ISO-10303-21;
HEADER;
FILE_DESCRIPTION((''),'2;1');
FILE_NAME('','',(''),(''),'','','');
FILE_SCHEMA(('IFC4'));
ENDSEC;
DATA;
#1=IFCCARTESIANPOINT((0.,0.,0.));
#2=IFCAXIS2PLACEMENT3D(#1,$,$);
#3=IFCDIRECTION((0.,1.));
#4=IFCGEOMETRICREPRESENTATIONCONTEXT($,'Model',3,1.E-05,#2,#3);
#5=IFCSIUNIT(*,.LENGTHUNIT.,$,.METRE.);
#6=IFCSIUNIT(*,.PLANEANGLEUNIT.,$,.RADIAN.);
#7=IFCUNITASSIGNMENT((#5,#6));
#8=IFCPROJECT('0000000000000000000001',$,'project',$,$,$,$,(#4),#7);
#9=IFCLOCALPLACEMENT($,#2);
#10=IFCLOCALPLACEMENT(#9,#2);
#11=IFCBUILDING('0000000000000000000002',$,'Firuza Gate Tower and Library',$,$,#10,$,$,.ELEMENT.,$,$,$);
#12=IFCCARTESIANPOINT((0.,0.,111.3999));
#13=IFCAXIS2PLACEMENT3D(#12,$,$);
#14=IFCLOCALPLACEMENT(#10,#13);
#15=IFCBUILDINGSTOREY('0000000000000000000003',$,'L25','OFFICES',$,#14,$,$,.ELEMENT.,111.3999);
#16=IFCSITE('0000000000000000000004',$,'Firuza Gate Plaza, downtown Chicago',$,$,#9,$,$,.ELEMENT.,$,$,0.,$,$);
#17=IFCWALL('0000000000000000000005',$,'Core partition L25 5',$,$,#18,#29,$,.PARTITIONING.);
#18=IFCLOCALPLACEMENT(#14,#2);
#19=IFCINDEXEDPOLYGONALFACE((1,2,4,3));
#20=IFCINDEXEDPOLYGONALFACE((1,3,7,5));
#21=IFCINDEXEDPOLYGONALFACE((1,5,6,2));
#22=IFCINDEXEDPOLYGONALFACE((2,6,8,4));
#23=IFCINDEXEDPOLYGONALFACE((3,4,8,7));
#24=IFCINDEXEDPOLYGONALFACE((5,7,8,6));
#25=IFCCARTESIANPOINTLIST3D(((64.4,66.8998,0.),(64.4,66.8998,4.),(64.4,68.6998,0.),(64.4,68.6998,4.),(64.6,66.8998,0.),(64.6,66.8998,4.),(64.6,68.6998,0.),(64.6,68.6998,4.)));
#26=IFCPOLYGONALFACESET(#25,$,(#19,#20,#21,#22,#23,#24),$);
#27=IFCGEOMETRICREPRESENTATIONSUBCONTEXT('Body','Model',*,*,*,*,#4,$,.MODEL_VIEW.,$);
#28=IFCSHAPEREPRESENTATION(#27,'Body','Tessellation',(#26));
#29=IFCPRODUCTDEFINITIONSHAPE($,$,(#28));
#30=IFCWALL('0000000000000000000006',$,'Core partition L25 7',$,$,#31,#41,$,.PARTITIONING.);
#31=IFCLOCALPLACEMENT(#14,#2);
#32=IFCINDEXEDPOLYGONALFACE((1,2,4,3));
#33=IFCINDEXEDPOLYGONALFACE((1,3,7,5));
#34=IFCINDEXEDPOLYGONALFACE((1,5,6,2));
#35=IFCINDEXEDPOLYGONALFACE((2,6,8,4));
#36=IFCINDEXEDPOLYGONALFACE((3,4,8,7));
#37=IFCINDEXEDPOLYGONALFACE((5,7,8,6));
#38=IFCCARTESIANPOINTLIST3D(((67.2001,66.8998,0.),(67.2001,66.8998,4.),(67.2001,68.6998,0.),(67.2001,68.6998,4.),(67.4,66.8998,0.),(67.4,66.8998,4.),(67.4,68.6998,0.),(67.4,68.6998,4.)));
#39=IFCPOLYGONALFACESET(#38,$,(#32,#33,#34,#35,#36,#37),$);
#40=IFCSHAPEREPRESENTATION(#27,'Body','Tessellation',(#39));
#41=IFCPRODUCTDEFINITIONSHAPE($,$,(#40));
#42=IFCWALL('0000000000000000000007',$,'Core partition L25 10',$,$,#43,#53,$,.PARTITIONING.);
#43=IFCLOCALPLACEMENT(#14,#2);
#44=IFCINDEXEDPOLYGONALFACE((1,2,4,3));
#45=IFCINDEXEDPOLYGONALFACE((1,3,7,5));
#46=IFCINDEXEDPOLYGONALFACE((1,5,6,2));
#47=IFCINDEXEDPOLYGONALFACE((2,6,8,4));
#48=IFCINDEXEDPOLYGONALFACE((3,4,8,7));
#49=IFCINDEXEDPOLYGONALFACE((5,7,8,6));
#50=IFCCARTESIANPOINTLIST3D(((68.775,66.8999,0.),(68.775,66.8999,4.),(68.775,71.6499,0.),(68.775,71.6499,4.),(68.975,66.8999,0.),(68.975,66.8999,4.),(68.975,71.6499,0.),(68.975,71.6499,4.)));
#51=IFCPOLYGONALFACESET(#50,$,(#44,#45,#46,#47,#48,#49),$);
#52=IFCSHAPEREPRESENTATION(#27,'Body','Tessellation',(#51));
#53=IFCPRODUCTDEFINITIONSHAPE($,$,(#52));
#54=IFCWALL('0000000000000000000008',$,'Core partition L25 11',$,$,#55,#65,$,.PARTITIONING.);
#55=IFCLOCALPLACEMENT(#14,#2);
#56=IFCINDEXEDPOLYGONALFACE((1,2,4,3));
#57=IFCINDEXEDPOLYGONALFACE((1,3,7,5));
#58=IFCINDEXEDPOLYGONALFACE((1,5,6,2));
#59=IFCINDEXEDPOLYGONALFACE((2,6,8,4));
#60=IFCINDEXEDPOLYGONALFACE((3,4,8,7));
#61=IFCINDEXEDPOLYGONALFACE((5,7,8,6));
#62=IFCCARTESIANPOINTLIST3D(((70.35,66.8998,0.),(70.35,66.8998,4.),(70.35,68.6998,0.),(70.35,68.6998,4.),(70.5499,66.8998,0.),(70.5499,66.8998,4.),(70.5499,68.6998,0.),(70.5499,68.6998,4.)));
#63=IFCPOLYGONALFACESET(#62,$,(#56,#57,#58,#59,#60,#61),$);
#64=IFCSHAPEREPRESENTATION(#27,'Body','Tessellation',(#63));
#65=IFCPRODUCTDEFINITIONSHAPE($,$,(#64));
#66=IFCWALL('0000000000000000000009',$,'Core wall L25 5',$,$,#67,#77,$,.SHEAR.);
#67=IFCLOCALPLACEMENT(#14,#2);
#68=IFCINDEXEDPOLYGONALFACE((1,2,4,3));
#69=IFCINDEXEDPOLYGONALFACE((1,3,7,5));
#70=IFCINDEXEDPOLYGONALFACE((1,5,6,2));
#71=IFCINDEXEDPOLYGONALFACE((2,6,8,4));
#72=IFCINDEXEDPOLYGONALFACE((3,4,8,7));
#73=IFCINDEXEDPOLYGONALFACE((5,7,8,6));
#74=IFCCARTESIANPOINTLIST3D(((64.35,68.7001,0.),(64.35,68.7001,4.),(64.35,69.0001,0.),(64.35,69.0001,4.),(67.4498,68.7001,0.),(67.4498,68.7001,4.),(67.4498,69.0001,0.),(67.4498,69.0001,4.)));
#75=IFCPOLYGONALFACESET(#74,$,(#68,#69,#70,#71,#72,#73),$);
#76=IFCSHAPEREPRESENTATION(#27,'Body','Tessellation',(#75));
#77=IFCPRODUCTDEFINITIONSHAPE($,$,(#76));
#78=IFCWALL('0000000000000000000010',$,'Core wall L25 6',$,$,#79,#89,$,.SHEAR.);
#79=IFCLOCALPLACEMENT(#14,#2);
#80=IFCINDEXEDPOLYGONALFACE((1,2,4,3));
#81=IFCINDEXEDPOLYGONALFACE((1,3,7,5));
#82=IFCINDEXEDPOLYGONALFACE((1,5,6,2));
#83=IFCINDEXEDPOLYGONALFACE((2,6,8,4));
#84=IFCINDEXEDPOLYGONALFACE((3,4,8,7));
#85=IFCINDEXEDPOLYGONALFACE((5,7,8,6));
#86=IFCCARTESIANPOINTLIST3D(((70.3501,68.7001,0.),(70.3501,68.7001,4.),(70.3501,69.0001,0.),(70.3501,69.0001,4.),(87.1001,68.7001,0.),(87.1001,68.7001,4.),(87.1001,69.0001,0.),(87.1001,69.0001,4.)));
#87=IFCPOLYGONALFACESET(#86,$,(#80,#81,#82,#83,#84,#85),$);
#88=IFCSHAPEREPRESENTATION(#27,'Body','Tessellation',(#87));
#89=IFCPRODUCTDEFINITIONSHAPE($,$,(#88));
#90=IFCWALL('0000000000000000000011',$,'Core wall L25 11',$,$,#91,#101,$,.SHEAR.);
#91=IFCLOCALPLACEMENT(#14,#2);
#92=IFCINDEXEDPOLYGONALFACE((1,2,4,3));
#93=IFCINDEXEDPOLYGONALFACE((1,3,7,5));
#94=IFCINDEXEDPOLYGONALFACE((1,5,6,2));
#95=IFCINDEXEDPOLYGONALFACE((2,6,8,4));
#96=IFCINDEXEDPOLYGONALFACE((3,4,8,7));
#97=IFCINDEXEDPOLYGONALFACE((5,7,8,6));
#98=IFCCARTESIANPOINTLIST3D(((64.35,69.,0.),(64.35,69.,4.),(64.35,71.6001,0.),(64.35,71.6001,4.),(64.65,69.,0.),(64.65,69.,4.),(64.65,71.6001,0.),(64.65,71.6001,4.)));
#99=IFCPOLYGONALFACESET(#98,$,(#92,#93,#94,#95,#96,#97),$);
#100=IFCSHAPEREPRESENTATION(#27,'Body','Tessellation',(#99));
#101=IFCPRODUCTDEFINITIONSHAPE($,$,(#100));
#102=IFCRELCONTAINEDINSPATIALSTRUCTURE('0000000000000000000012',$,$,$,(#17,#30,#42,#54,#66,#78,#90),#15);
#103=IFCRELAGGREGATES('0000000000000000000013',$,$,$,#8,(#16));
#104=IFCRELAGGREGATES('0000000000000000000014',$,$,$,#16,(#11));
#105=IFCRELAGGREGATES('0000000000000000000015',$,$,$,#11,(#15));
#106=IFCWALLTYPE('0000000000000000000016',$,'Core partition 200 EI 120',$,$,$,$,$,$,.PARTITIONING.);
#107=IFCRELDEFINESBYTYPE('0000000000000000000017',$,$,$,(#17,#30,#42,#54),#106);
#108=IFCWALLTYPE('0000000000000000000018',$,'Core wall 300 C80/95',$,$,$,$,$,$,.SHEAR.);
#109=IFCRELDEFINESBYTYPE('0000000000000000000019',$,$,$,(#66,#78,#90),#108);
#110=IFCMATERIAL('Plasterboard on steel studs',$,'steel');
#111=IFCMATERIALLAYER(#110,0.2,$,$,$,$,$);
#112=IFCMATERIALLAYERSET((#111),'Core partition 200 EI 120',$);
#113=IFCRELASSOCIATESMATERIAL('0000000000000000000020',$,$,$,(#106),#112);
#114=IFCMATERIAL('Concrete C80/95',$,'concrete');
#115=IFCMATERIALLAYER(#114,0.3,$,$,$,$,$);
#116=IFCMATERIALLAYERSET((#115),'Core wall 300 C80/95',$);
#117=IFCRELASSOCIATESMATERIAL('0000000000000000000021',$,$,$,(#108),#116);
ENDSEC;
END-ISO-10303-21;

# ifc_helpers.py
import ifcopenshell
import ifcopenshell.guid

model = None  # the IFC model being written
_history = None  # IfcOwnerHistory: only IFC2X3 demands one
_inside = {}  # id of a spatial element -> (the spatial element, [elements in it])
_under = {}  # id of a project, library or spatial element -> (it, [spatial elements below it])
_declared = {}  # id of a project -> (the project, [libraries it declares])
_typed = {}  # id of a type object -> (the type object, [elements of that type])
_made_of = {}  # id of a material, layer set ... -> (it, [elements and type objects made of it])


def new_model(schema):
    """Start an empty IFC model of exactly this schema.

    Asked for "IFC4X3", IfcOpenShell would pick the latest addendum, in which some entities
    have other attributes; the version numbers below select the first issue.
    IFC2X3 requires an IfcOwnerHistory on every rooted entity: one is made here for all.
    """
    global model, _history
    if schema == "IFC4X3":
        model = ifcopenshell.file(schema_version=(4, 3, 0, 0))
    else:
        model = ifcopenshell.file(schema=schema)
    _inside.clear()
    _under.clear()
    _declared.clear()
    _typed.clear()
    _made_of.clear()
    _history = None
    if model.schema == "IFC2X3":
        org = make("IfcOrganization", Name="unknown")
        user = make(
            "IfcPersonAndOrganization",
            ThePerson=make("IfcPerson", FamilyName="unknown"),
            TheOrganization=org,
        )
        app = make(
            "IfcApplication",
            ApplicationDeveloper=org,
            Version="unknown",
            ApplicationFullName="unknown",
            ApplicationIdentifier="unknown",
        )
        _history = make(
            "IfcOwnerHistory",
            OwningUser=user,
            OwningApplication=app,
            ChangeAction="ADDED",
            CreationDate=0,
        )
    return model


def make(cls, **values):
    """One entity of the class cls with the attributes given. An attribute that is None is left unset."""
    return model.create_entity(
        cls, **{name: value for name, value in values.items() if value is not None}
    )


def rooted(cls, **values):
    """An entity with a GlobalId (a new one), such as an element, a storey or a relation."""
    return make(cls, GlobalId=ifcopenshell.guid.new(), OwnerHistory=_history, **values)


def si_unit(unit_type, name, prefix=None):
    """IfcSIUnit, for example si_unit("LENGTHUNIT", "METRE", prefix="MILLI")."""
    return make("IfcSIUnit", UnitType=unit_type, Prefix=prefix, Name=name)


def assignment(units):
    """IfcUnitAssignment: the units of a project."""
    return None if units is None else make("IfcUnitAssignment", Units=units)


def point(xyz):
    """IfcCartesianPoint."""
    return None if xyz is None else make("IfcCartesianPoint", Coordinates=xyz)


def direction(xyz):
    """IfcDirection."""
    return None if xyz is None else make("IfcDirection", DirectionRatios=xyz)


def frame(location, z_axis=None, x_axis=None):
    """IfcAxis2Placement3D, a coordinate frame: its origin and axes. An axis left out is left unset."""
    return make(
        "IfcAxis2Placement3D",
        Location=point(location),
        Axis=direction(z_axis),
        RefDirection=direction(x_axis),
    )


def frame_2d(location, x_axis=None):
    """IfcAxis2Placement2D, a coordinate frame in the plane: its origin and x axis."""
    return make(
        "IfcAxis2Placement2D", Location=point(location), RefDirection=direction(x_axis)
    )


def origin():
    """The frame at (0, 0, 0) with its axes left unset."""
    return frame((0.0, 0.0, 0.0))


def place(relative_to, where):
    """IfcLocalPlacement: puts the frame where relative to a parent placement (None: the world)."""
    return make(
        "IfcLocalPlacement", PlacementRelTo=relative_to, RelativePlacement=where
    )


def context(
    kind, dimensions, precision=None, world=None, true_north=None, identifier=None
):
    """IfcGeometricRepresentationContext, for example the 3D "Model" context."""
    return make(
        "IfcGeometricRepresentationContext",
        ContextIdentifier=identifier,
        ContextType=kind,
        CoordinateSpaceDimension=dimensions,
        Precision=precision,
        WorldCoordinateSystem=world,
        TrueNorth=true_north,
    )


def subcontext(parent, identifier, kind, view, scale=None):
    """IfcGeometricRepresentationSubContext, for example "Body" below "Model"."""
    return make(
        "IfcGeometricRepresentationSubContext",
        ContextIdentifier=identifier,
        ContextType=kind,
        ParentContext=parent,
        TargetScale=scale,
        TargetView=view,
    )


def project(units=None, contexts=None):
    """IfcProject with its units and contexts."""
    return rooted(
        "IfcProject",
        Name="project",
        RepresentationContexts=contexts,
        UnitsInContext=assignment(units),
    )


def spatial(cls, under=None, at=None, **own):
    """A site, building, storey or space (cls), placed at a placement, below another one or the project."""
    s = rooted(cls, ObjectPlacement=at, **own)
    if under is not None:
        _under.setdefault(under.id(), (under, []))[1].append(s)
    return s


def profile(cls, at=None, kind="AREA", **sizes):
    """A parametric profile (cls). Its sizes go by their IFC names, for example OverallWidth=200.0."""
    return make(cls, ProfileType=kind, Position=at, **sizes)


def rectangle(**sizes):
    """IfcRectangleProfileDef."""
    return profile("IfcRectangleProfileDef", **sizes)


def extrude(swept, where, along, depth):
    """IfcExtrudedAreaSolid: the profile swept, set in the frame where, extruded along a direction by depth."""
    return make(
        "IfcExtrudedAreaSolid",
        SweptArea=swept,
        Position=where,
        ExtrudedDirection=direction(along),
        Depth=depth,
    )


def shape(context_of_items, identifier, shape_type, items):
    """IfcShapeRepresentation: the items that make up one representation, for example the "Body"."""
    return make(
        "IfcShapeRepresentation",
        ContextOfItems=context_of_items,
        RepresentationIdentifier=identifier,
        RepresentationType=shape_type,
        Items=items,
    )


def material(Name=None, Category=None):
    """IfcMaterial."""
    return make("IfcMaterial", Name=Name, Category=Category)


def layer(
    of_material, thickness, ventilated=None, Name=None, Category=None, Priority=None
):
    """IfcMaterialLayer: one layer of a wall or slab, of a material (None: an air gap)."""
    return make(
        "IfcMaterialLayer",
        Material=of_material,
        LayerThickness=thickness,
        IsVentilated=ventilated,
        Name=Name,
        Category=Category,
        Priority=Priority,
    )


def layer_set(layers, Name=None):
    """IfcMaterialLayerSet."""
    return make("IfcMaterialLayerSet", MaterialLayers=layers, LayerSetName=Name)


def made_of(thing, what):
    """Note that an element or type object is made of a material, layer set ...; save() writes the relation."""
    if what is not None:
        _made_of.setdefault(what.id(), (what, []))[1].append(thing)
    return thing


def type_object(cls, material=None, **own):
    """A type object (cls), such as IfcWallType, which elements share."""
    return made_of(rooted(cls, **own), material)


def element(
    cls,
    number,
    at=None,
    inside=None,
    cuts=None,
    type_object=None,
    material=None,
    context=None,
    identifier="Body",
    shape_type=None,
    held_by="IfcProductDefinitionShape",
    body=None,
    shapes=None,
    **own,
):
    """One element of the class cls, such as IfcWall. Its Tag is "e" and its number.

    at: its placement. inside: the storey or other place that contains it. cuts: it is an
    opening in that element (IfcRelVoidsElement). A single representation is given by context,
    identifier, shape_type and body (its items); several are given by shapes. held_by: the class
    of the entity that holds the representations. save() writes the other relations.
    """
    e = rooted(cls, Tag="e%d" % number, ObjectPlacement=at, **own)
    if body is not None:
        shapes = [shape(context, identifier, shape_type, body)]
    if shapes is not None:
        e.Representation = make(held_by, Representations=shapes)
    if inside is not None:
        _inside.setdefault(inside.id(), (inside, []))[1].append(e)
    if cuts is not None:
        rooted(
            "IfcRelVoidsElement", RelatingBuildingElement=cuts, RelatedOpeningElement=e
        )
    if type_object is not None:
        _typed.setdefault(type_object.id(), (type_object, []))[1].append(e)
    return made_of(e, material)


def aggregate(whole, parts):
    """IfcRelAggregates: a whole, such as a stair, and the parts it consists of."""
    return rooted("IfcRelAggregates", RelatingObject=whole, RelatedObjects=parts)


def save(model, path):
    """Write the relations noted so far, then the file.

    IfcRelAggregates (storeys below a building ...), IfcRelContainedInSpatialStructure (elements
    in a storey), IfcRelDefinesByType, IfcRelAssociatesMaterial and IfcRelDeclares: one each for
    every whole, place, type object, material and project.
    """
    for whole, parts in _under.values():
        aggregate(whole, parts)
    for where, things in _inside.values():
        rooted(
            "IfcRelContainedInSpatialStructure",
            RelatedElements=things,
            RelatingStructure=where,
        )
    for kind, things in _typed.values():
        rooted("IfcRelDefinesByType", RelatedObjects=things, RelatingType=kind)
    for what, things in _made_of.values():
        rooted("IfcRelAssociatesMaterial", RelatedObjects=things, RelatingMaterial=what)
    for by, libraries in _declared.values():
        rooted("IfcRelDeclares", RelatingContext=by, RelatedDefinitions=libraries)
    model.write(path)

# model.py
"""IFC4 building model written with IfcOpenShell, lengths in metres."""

from ifc_helpers import new_model, si_unit, direction, frame, frame_2d, origin, place, context, subcontext, project, spatial, rectangle, extrude, material, layer, layer_set, type_object, element, save


model = new_model("IFC4")

# Units and contexts
model_context = context("Model", 3, precision=1e-05, world=origin(), true_north=direction((0.0, 1.0)))
body_context = subcontext(model_context, "Body", "Model", "MODEL_VIEW")
ifc_project = project(units=[si_unit("LENGTHUNIT", "METRE"), si_unit("PLANEANGLEUNIT", "RADIAN")], contexts=[model_context])

# Site, building, storey
site_placement = place(None, origin())
site = spatial("IfcSite", under=ifc_project, at=site_placement, Name="Firuza Gate Plaza, downtown Chicago", CompositionType="ELEMENT", RefElevation=0.0)
building_placement = place(site_placement, origin())
building = spatial("IfcBuilding", under=site, at=building_placement, Name="Firuza Gate Tower and Library", CompositionType="ELEMENT")
storey_placement = place(building_placement, frame((0.0, 0.0, 111.3999)))
storey = spatial("IfcBuildingStorey", under=building, at=storey_placement, Name="L25", Description="OFFICES", CompositionType="ELEMENT", Elevation=111.3999)

# Walls
ifc_material_1 = material(Name="Plasterboard on steel studs", Category="steel")
ifc_layer_1 = layer(ifc_material_1, 0.2)
ifc_layer_set_1 = layer_set([ifc_layer_1], Name="Core partition 200 EI 120")
wall_type_1 = type_object("IfcWallType", Name="Core partition 200 EI 120", PredefinedType="PARTITIONING", material=ifc_layer_set_1)
for number, where, z_axis, x_axis, name in (
    (1, (64.5, 66.8999, 0.0), (0.0, 0.0, 1.0), (0.0, 1.0, 0.0), "Core partition L25 5"),
    (2, (67.3, 66.8999, 0.0), (0.0, 0.0, 1.0), (0.0, 1.0, 0.0), "Core partition L25 7"),
):
    element("IfcWall", number, at=place(storey_placement, frame(where, z_axis=z_axis, x_axis=x_axis)), inside=storey, type_object=wall_type_1, Name=name, PredefinedType="PARTITIONING", context=body_context, shape_type="SweptSolid", body=[
        extrude(rectangle(XDim=1.8, YDim=0.2, at=frame_2d((0.8999, 0.0))), origin(), (0.0, 0.0, 1.0), 4.0),
    ])
wall_1_placement = place(storey_placement, frame((68.875, 66.8999, 0.0), z_axis=(0.0, 0.0, 1.0), x_axis=(0.0, 1.0, 0.0)))
element("IfcWall", 3, at=wall_1_placement, inside=storey, type_object=wall_type_1, Name="Core partition L25 10", PredefinedType="PARTITIONING", context=body_context, shape_type="SweptSolid", body=[
    extrude(rectangle(XDim=4.75, YDim=0.2, at=frame_2d((2.375, 0.0))), origin(), (0.0, 0.0, 1.0), 4.0),
])
wall_2_placement = place(storey_placement, frame((70.45, 66.8999, 0.0), z_axis=(0.0, 0.0, 1.0), x_axis=(0.0, 1.0, 0.0)))
element("IfcWall", 4, at=wall_2_placement, inside=storey, type_object=wall_type_1, Name="Core partition L25 11", PredefinedType="PARTITIONING", context=body_context, shape_type="SweptSolid", body=[
    extrude(rectangle(XDim=1.8, YDim=0.2, at=frame_2d((0.8999, 0.0))), origin(), (0.0, 0.0, 1.0), 4.0),
])
ifc_material_2 = material(Name="Concrete C80/95", Category="concrete")
ifc_layer_2 = layer(ifc_material_2, 0.3)
ifc_layer_set_2 = layer_set([ifc_layer_2], Name="Core wall 300 C80/95")
wall_type_2 = type_object("IfcWallType", Name="Core wall 300 C80/95", PredefinedType="SHEAR", material=ifc_layer_set_2)
wall_3_placement = place(storey_placement, frame((64.3501, 68.8501, 0.0), z_axis=(0.0, 0.0, 1.0), x_axis=(1.0, 0.0, 0.0)))
element("IfcWall", 5, at=wall_3_placement, inside=storey, type_object=wall_type_2, Name="Core wall L25 5", PredefinedType="SHEAR", context=body_context, shape_type="SweptSolid", body=[
    extrude(rectangle(XDim=3.0999, YDim=0.3, at=frame_2d((1.5498, 0.0))), origin(), (0.0, 0.0, 1.0), 4.0),
])
wall_4_placement = place(storey_placement, frame((70.3501, 68.8501, 0.0), z_axis=(0.0, 0.0, 1.0), x_axis=(1.0, 0.0, 0.0)))
element("IfcWall", 6, at=wall_4_placement, inside=storey, type_object=wall_type_2, Name="Core wall L25 6", PredefinedType="SHEAR", context=body_context, shape_type="SweptSolid", body=[
    extrude(rectangle(XDim=16.75, YDim=0.3, at=frame_2d((8.375, 0.0))), origin(), (0.0, 0.0, 1.0), 4.0),
])
wall_5_placement = place(storey_placement, frame((64.5, 69.0, 0.0), z_axis=(0.0, 0.0, 1.0), x_axis=(0.0, 1.0, 0.0)))
element("IfcWall", 7, at=wall_5_placement, inside=storey, type_object=wall_type_2, Name="Core wall L25 11", PredefinedType="SHEAR", context=body_context, shape_type="SweptSolid", body=[
    extrude(rectangle(XDim=2.6001, YDim=0.3, at=frame_2d((1.3, 0.0))), origin(), (0.0, 0.0, 1.0), 4.0),
])

save(model, "model.ifc")
